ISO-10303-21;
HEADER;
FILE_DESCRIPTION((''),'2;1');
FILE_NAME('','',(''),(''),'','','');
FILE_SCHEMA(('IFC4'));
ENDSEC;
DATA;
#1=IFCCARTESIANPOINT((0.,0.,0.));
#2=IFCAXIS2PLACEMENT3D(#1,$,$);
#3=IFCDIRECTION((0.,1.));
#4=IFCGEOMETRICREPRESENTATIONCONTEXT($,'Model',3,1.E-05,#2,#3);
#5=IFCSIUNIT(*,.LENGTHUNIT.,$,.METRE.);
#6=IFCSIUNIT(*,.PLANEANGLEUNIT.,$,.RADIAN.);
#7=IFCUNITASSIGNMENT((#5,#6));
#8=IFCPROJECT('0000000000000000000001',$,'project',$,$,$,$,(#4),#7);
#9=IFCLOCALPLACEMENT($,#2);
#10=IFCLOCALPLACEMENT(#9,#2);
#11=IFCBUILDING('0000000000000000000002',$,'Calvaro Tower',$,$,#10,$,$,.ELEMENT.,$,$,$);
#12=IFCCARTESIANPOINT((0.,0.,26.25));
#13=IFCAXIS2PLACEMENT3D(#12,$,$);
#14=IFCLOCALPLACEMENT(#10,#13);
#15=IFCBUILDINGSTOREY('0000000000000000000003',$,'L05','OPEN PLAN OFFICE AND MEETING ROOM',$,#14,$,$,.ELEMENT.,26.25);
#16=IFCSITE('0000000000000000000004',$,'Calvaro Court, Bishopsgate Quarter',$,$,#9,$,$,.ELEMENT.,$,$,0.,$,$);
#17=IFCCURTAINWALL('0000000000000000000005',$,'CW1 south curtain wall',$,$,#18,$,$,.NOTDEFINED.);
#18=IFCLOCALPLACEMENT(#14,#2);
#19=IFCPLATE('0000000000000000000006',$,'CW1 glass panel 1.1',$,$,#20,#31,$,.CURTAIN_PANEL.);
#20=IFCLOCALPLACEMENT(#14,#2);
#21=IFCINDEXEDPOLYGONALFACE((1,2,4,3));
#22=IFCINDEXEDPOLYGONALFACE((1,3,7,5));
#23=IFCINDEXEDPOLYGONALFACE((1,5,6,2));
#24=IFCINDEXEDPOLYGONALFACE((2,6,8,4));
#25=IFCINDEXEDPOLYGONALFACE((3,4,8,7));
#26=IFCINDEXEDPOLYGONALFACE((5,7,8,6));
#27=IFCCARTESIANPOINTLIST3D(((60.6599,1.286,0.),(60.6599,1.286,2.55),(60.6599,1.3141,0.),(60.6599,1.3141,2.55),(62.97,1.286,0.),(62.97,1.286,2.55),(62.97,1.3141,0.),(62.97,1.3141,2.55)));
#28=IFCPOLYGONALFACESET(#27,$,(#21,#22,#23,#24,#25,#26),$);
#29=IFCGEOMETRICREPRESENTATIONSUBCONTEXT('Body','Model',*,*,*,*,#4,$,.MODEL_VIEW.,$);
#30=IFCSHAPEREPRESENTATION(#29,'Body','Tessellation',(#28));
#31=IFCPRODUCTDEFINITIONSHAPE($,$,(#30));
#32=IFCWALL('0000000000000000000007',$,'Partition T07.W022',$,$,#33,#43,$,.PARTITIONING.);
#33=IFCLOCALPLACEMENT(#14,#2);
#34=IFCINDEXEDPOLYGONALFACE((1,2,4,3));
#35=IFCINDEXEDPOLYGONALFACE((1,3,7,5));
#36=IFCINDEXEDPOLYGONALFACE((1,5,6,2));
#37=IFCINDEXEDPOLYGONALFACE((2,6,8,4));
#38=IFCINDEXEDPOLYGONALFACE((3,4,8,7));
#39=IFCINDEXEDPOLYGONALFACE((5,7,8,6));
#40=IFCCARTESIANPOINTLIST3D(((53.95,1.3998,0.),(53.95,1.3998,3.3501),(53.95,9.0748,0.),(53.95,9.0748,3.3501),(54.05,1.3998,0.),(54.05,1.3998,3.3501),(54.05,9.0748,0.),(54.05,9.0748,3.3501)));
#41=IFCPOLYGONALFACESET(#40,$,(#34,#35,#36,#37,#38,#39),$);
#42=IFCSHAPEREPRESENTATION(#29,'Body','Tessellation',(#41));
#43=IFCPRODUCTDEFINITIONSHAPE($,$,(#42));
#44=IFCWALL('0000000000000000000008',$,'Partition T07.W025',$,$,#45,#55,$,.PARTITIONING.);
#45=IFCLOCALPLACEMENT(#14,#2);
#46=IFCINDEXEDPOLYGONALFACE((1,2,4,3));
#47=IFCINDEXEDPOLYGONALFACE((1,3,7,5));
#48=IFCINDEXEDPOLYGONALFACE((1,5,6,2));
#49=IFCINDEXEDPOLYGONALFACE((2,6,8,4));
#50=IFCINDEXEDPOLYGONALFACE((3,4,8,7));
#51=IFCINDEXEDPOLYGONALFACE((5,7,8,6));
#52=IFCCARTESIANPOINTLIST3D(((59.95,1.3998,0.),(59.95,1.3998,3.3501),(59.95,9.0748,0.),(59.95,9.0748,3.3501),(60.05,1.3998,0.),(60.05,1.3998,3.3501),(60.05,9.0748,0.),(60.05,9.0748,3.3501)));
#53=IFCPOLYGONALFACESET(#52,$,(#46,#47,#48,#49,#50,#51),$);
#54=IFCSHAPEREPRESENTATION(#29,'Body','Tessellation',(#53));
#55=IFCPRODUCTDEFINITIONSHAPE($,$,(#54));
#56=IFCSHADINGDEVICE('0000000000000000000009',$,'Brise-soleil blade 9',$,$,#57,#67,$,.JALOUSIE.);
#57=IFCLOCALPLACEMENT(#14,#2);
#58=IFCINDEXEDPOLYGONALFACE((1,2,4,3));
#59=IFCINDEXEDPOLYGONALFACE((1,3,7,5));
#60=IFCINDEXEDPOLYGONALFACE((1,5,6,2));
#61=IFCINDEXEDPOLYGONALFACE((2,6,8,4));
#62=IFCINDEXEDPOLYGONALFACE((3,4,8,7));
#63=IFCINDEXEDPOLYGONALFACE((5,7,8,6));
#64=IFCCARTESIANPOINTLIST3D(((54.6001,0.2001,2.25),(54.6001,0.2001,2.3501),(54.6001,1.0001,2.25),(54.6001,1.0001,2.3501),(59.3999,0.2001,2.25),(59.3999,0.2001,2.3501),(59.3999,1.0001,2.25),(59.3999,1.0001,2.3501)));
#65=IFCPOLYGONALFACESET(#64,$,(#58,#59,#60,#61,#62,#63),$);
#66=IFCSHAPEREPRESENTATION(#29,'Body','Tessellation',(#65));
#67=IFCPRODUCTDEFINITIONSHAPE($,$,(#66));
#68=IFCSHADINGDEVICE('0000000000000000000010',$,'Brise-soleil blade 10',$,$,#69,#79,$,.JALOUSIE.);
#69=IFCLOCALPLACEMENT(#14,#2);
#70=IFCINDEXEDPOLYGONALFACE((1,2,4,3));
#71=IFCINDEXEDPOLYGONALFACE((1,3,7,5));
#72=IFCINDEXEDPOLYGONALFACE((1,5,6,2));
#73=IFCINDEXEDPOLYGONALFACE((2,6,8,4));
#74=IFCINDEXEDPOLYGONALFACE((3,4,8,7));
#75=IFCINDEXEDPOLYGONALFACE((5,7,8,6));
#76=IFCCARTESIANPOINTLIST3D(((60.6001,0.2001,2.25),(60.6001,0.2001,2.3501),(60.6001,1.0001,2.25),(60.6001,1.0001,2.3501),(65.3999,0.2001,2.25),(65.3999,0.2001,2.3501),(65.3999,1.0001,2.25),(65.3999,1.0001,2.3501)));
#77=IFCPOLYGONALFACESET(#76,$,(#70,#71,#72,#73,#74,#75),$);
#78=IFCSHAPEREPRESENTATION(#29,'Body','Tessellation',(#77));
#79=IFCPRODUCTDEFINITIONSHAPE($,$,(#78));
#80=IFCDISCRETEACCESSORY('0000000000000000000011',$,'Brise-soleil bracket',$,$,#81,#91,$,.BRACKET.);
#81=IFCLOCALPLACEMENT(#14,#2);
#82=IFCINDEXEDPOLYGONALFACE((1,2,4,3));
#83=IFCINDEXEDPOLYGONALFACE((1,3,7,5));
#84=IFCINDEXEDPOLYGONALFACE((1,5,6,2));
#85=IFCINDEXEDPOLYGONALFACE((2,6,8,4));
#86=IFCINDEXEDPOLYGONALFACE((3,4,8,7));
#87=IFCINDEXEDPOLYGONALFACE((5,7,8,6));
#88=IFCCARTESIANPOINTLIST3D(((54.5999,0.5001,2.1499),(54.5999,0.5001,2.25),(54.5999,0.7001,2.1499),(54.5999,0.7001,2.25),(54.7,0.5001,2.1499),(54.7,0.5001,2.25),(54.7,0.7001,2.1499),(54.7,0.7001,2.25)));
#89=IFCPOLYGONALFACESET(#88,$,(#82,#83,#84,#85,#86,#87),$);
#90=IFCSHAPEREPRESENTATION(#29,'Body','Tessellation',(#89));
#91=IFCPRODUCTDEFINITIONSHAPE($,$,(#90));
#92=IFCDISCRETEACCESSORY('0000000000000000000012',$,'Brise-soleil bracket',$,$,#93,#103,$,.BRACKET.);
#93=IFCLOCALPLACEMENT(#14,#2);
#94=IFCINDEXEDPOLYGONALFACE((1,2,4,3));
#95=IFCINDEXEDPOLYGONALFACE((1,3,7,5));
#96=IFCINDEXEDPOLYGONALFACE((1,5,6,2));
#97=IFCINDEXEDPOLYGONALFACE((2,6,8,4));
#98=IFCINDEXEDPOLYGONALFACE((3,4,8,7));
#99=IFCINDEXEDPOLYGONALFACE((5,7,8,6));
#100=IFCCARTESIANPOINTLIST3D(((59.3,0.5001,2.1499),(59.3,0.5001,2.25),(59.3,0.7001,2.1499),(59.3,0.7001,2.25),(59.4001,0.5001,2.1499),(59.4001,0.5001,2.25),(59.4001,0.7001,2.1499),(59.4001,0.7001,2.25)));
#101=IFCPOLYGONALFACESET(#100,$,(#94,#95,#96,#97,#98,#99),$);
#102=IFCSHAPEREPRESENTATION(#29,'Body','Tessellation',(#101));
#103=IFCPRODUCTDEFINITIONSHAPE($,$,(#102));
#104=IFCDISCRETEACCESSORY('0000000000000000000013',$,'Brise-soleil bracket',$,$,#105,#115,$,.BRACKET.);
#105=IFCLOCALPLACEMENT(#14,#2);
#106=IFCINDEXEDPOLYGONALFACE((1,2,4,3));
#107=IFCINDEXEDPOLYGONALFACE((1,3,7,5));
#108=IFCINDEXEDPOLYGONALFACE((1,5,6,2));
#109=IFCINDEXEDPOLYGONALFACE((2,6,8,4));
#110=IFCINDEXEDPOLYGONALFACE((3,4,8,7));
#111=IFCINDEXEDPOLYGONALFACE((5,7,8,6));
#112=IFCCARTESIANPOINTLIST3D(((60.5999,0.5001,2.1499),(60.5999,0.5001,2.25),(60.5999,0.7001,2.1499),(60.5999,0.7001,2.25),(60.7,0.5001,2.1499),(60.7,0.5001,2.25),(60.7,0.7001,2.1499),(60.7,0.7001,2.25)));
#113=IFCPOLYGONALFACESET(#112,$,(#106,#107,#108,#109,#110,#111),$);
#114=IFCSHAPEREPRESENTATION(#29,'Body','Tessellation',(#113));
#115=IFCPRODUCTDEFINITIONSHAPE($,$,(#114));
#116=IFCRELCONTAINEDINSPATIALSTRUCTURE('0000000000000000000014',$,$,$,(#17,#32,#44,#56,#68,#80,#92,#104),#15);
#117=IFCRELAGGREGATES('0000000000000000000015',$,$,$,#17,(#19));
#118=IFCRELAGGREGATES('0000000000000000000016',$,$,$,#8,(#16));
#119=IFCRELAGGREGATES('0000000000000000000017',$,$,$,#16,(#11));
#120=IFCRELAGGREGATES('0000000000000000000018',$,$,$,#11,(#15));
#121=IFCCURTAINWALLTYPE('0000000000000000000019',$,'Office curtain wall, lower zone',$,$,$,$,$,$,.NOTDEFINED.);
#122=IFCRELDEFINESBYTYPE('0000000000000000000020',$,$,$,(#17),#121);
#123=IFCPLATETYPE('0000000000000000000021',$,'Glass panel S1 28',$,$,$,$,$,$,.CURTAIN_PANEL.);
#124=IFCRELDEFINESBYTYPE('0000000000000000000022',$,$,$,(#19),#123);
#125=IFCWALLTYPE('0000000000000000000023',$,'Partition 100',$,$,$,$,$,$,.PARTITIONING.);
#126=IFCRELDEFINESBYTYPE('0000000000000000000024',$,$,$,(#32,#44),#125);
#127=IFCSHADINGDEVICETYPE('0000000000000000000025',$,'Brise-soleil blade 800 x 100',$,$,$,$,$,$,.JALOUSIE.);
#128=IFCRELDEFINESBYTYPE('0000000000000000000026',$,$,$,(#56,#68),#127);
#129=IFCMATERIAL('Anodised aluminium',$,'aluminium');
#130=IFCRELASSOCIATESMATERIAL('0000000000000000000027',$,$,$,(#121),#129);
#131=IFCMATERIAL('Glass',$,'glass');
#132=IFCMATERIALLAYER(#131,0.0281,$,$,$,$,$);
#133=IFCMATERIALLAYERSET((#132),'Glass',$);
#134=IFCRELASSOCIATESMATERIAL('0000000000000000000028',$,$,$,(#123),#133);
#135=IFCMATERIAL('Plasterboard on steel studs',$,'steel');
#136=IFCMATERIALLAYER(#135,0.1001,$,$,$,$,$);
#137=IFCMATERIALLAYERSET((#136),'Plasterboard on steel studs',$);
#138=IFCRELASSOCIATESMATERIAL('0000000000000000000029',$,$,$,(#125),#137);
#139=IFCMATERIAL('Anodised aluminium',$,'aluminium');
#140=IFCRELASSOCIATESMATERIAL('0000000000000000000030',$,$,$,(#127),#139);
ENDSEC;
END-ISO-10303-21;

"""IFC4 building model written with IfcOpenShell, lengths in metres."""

from ifc_helpers import new_model, si_unit, direction, frame, frame_2d, origin, origin_2d, place, context, subcontext, project, spatial, rectangle, extrude, material, layer, layer_set, material_profile, profile_set, type_object, element, aggregate, save


model = new_model("IFC4")

# Units and contexts
model_context = context("Model", 3, precision=1e-05, world=origin(), true_north=direction((0.0, 1.0)))
body_context = subcontext(model_context, "Body", "Model", "MODEL_VIEW")
ifc_project = project(units=[si_unit("LENGTHUNIT", "METRE"), si_unit("PLANEANGLEUNIT", "RADIAN")], contexts=[model_context])

# Site, building, storey
site_placement = place(None, origin())
site = spatial("IfcSite", under=ifc_project, at=site_placement, Name="Calvaro Court, Bishopsgate Quarter", CompositionType="ELEMENT", RefElevation=0.0)
building_placement = place(site_placement, origin())
building = spatial("IfcBuilding", under=site, at=building_placement, Name="Calvaro Tower", CompositionType="ELEMENT")
storey_placement = place(building_placement, frame((0.0, 0.0, 26.25)))
storey = spatial("IfcBuildingStorey", under=building, at=storey_placement, Name="L05", Description="OPEN PLAN OFFICE AND MEETING ROOM", CompositionType="ELEMENT", Elevation=26.25)

# Curtain wall
ifc_material_1 = material(Name="Anodised aluminium", Category="aluminium")
curtain_wall_type = type_object("IfcCurtainWallType", Name="Office curtain wall, lower zone", PredefinedType="NOTDEFINED", material=ifc_material_1)
curtain_wall_1_placement = place(storey_placement, origin())
curtain_wall_1 = element("IfcCurtainWall", 1, at=curtain_wall_1_placement, inside=storey, type_object=curtain_wall_type, Name="CW1 south curtain wall", PredefinedType="NOTDEFINED")

# Plate
ifc_material_2 = material(Name="Glass", Category="glass")
ifc_layer_1 = layer(ifc_material_2, 0.0281)
ifc_layer_set_1 = layer_set([ifc_layer_1], Name="Glass")
plate_type = type_object("IfcPlateType", Name="Glass panel S1 28", PredefinedType="CURTAIN_PANEL", material=ifc_layer_set_1)
plate_1_placement = place(storey_placement, frame((61.8149, 1.3, 0.0), z_axis=(0.0, 0.0, 1.0), x_axis=(1.0, 0.0, 0.0)))
plate_1 = element("IfcPlate", 2, at=plate_1_placement, type_object=plate_type, Name="CW1 glass panel 1.1", PredefinedType="CURTAIN_PANEL", context=body_context, shape_type="SweptSolid", body=[
    extrude(rectangle(XDim=2.3101, YDim=0.0281, at=origin_2d()), origin(), (0.0, 0.0, 1.0), 2.55),
])
aggregate(curtain_wall_1, [plate_1])

# Walls
ifc_material_3 = material(Name="Plasterboard on steel studs", Category="steel")
ifc_layer_2 = layer(ifc_material_3, 0.1001)
ifc_layer_set_2 = layer_set([ifc_layer_2], Name="Plasterboard on steel studs")
wall_type = type_object("IfcWallType", Name="Partition 100", PredefinedType="PARTITIONING", material=ifc_layer_set_2)
for number, where, z_axis, x_axis, name in (
    (3, (54.0, 1.3999, 0.0), (0.0, 0.0, 1.0), (0.0, 1.0, 0.0), "Partition T07.W022"),
    (4, (60.0, 1.3999, 0.0), (0.0, 0.0, 1.0), (0.0, 1.0, 0.0), "Partition T07.W025"),
):
    element("IfcWall", number, at=place(storey_placement, frame(where, z_axis=z_axis, x_axis=x_axis)), inside=storey, type_object=wall_type, Name=name, PredefinedType="PARTITIONING", context=body_context, shape_type="SweptSolid", body=[
        extrude(rectangle(XDim=7.675, YDim=0.1001, at=frame_2d((3.8374, 0.0))), origin(), (0.0, 0.0, 1.0), 3.3501),
    ])

# Shading devices
ifc_material_4 = material(Name="Anodised aluminium", Category="aluminium")
ifc_material_profile_1 = material_profile(ifc_material_4, rectangle(XDim=0.8, YDim=0.1001, at=origin_2d()), Name="Brise-soleil blade 800 x 100")
ifc_profile_set_1 = profile_set([ifc_material_profile_1], Name="Anodised aluminium")
shading_device_type = type_object("IfcShadingDeviceType", Name="Brise-soleil blade 800 x 100", PredefinedType="JALOUSIE", material=ifc_profile_set_1)
for number, where, z_axis, x_axis, name in (
    (5, (54.6001, 0.6001, 2.3), (1.0, 0.0, 0.0), (0.0, 1.0, 0.0), "Brise-soleil blade 9"),
    (6, (60.6001, 0.6001, 2.3), (1.0, 0.0, 0.0), (0.0, 1.0, 0.0), "Brise-soleil blade 10"),
):
    element("IfcShadingDevice", number, at=place(storey_placement, frame(where, z_axis=z_axis, x_axis=x_axis)), inside=storey, type_object=shading_device_type, Name=name, PredefinedType="JALOUSIE", context=body_context, shape_type="SweptSolid", body=[
        extrude(rectangle(XDim=0.8, YDim=0.1001, at=origin_2d()), origin(), (0.0, 0.0, 1.0), 4.7998),
    ])

# Discrete accessories
for number, where, z_axis, x_axis, name in (
    (7, (54.6499, 0.6001, 2.1499), (0.0, 0.0, 1.0), (1.0, 0.0, 0.0), "Brise-soleil bracket"),
    (8, (59.3501, 0.6001, 2.1499), (0.0, 0.0, 1.0), (1.0, 0.0, 0.0), "Brise-soleil bracket"),
    (9, (60.6499, 0.6001, 2.1499), (0.0, 0.0, 1.0), (1.0, 0.0, 0.0), "Brise-soleil bracket"),
):
    element("IfcDiscreteAccessory", number, at=place(storey_placement, frame(where, z_axis=z_axis, x_axis=x_axis)), inside=storey, Name=name, PredefinedType="BRACKET", context=body_context, shape_type="SweptSolid", body=[
        extrude(rectangle(XDim=0.1001, YDim=0.2, at=origin_2d()), origin(), (0.0, 0.0, 1.0), 0.1001),
    ])

save(model, "model.ifc")
